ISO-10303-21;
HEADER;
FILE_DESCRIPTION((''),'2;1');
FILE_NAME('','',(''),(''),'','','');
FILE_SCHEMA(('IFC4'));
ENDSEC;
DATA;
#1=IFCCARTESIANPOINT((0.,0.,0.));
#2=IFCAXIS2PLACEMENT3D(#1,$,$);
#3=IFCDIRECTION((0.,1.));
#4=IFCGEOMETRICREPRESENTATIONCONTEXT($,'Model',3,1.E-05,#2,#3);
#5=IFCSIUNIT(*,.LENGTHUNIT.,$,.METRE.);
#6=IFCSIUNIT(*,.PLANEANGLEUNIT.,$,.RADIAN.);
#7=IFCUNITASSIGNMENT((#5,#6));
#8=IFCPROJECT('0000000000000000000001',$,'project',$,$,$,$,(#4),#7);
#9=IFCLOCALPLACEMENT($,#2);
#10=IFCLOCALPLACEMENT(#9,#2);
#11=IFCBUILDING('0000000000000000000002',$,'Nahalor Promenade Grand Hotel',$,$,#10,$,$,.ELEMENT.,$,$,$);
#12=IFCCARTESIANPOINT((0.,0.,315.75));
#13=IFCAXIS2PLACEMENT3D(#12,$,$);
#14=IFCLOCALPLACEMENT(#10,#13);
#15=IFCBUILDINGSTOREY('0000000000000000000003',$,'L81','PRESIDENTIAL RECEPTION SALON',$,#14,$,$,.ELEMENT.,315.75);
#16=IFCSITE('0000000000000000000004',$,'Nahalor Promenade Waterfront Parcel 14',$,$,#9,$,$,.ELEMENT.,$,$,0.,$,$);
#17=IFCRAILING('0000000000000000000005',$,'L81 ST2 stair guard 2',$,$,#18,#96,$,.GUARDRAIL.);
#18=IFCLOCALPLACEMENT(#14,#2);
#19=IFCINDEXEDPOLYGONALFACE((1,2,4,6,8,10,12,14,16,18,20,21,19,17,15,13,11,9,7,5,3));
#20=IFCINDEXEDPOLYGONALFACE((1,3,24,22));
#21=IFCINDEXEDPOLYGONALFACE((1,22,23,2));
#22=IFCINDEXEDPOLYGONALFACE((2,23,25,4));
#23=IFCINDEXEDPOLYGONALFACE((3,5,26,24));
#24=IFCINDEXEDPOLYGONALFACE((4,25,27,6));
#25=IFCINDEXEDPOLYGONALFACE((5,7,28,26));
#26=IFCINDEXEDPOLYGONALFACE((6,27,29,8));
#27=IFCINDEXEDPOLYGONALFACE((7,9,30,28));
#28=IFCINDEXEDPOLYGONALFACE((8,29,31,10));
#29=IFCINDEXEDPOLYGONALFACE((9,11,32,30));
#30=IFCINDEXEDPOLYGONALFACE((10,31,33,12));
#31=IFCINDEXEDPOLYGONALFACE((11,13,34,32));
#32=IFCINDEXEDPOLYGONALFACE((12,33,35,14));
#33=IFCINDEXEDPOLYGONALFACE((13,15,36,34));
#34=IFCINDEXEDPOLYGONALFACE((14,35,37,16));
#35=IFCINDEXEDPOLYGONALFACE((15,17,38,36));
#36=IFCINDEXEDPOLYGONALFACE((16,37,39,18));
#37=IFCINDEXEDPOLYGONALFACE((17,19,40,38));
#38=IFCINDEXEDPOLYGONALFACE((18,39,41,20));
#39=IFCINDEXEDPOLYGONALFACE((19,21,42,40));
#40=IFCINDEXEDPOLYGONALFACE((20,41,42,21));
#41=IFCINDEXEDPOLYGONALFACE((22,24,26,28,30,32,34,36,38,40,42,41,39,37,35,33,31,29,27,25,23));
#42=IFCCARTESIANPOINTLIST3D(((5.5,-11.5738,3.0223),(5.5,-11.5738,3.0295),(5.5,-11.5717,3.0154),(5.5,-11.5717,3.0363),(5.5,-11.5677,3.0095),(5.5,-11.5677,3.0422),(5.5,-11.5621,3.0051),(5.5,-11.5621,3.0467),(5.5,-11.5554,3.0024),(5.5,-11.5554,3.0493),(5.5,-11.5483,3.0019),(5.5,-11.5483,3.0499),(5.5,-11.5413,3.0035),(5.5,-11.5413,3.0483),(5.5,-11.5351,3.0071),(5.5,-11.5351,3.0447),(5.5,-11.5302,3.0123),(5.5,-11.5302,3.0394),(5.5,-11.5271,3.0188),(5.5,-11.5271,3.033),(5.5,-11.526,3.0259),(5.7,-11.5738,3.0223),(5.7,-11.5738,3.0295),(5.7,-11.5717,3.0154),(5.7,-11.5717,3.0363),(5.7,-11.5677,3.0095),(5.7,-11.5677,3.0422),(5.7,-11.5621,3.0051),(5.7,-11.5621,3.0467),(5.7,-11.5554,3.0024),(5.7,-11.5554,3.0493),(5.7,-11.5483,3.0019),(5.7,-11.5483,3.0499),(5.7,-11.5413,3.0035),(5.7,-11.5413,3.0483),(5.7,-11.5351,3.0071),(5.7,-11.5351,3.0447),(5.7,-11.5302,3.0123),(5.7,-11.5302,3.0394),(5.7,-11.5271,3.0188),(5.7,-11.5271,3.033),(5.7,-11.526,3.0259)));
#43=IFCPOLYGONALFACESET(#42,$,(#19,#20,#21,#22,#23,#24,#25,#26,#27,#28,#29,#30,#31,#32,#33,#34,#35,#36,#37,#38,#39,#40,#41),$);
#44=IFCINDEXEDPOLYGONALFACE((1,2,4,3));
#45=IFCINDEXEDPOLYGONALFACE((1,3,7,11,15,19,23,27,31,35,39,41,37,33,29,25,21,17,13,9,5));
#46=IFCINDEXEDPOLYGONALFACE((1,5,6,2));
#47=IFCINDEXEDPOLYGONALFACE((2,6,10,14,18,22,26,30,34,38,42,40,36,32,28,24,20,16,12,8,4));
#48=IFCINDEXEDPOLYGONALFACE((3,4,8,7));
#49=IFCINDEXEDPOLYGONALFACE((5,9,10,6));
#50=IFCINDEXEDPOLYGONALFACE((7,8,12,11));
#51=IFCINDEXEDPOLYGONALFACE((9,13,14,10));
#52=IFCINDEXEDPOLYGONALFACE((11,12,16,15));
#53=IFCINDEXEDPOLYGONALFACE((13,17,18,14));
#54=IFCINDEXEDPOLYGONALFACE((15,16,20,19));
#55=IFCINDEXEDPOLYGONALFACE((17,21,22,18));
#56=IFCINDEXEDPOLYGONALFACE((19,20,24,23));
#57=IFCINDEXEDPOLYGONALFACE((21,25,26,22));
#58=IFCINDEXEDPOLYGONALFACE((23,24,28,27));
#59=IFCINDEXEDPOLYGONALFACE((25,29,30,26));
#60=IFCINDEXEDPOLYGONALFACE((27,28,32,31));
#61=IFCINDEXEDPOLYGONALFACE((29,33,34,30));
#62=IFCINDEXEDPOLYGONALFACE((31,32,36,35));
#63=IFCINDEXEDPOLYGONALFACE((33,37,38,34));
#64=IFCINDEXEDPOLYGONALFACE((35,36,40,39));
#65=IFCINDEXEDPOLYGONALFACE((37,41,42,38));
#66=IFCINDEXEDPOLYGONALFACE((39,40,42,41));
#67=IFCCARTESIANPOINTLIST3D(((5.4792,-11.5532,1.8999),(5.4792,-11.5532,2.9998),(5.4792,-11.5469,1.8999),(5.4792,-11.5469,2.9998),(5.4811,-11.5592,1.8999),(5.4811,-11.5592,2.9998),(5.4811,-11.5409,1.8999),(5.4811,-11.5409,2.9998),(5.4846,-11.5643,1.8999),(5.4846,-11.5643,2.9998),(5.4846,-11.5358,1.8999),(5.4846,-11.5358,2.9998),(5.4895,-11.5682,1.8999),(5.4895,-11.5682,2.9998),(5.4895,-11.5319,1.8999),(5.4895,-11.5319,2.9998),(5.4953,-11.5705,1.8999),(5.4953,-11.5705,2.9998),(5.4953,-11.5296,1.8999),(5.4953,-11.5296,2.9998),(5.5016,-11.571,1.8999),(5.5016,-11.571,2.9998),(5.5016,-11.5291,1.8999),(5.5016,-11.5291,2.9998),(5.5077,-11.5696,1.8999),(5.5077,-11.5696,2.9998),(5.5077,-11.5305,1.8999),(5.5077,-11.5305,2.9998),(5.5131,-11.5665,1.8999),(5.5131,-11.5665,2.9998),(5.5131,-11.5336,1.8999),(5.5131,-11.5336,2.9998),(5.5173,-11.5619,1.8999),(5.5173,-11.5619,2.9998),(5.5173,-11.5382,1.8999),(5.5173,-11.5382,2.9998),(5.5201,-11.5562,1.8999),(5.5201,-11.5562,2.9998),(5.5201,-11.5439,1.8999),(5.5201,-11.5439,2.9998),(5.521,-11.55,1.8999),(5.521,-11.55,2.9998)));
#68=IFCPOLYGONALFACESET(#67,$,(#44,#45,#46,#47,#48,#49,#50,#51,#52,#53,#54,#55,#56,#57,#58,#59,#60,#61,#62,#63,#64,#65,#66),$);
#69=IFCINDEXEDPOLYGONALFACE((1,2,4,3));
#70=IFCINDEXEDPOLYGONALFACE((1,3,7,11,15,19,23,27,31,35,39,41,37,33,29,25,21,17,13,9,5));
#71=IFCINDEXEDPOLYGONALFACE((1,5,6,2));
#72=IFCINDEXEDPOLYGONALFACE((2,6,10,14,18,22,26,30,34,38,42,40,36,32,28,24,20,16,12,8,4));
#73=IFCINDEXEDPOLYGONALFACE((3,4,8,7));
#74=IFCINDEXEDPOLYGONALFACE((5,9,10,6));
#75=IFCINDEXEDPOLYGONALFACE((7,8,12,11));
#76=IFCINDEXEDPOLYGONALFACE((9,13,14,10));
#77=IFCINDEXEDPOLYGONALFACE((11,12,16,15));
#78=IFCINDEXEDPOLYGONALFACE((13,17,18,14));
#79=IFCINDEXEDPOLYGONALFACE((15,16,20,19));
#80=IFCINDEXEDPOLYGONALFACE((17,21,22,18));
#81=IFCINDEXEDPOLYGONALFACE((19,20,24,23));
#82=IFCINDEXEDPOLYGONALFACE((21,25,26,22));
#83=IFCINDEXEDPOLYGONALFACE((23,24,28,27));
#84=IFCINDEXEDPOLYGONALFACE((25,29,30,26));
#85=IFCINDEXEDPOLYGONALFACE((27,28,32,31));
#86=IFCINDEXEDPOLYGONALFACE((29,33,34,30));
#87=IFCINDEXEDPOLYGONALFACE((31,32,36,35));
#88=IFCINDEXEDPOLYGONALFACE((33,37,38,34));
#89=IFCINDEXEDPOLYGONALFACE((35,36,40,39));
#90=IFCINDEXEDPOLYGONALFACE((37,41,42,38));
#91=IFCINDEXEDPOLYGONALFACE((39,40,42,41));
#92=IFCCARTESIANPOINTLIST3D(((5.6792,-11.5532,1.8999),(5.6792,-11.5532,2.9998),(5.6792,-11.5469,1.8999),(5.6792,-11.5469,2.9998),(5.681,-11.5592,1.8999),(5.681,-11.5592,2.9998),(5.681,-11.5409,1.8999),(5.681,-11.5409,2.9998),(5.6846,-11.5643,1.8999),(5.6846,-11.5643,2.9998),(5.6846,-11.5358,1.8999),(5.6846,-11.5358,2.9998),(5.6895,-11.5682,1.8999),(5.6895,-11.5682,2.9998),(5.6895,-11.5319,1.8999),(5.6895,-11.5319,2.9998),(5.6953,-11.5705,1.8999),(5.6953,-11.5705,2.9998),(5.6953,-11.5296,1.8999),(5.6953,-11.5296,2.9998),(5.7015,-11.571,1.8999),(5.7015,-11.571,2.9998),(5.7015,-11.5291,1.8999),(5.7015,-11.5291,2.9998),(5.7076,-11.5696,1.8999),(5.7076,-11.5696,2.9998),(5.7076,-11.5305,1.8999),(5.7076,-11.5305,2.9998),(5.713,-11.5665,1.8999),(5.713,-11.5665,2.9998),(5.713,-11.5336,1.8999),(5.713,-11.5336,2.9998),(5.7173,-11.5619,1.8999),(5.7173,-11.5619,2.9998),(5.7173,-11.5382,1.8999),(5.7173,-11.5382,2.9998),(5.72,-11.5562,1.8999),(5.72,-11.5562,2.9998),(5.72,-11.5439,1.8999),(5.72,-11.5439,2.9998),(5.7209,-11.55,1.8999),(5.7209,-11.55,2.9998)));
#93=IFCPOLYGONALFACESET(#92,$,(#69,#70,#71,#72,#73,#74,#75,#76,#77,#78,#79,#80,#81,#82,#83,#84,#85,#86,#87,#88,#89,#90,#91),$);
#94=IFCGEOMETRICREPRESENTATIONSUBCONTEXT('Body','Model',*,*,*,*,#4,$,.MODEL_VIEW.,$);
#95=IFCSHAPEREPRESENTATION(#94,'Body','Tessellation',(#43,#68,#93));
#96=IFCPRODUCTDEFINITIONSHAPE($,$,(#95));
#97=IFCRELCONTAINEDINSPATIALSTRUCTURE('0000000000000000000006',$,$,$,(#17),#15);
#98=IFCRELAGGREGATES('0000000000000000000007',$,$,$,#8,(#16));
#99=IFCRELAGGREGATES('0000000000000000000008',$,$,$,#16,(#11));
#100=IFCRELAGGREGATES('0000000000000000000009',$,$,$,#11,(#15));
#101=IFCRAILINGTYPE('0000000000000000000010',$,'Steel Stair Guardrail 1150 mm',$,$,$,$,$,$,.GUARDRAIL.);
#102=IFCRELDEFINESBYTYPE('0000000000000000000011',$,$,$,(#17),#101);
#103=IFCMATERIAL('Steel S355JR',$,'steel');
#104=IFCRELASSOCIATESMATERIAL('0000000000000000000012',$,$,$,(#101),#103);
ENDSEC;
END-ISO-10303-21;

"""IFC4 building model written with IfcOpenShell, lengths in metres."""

from ifc_helpers import new_model, si_unit, direction, frame, origin, origin_2d, place, context, subcontext, project, spatial, circle, extrude, material, type_object, element, save


model = new_model("IFC4")

# Units and contexts
model_context = context("Model", 3, precision=1e-05, world=origin(), true_north=direction((0.0, 1.0)))
body_context = subcontext(model_context, "Body", "Model", "MODEL_VIEW")
ifc_project = project(units=[si_unit("LENGTHUNIT", "METRE"), si_unit("PLANEANGLEUNIT", "RADIAN")], contexts=[model_context])

# Site, building, storey
site_placement = place(None, origin())
site = spatial("IfcSite", under=ifc_project, at=site_placement, Name="Nahalor Promenade Waterfront Parcel 14", CompositionType="ELEMENT", RefElevation=0.0)
building_placement = place(site_placement, origin())
building = spatial("IfcBuilding", under=site, at=building_placement, Name="Nahalor Promenade Grand Hotel", CompositionType="ELEMENT")
storey_placement = place(building_placement, frame((0.0, 0.0, 315.75)))
storey = spatial("IfcBuildingStorey", under=building, at=storey_placement, Name="L81", Description="PRESIDENTIAL RECEPTION SALON", CompositionType="ELEMENT", Elevation=315.75)

# Shared definitions
ifc_material_1 = material(Name="Steel S355JR", Category="steel")

# Railing
railing_type_1 = type_object("IfcRailingType", Name="Steel Stair Guardrail 1150 mm", PredefinedType="GUARDRAIL", material=ifc_material_1)
railing_1_placement = place(storey_placement, frame((5.5, -11.55, 1.8999)))
element("IfcRailing", 1, at=railing_1_placement, inside=storey, type_object=railing_type_1, Name="L81 ST2 stair guard 2", PredefinedType="GUARDRAIL", context=body_context, shape_type="SweptSolid", body=[
    extrude(circle(Radius=0.024, at=origin_2d()), frame((0.0, 0.0, 1.126), z_axis=(1.0, 0.0, 0.0), x_axis=(0.0, 1.0, 0.0)), (0.0, 0.0, 1.0), 0.2),
    extrude(circle(Radius=0.021, at=origin_2d()), origin(), (0.0, 0.0, 1.0), 1.0999),
    extrude(circle(Radius=0.021, at=origin_2d()), frame((0.2, 0.0, 0.0)), (0.0, 0.0, 1.0), 1.0999),
])

save(model, "model.ifc")
